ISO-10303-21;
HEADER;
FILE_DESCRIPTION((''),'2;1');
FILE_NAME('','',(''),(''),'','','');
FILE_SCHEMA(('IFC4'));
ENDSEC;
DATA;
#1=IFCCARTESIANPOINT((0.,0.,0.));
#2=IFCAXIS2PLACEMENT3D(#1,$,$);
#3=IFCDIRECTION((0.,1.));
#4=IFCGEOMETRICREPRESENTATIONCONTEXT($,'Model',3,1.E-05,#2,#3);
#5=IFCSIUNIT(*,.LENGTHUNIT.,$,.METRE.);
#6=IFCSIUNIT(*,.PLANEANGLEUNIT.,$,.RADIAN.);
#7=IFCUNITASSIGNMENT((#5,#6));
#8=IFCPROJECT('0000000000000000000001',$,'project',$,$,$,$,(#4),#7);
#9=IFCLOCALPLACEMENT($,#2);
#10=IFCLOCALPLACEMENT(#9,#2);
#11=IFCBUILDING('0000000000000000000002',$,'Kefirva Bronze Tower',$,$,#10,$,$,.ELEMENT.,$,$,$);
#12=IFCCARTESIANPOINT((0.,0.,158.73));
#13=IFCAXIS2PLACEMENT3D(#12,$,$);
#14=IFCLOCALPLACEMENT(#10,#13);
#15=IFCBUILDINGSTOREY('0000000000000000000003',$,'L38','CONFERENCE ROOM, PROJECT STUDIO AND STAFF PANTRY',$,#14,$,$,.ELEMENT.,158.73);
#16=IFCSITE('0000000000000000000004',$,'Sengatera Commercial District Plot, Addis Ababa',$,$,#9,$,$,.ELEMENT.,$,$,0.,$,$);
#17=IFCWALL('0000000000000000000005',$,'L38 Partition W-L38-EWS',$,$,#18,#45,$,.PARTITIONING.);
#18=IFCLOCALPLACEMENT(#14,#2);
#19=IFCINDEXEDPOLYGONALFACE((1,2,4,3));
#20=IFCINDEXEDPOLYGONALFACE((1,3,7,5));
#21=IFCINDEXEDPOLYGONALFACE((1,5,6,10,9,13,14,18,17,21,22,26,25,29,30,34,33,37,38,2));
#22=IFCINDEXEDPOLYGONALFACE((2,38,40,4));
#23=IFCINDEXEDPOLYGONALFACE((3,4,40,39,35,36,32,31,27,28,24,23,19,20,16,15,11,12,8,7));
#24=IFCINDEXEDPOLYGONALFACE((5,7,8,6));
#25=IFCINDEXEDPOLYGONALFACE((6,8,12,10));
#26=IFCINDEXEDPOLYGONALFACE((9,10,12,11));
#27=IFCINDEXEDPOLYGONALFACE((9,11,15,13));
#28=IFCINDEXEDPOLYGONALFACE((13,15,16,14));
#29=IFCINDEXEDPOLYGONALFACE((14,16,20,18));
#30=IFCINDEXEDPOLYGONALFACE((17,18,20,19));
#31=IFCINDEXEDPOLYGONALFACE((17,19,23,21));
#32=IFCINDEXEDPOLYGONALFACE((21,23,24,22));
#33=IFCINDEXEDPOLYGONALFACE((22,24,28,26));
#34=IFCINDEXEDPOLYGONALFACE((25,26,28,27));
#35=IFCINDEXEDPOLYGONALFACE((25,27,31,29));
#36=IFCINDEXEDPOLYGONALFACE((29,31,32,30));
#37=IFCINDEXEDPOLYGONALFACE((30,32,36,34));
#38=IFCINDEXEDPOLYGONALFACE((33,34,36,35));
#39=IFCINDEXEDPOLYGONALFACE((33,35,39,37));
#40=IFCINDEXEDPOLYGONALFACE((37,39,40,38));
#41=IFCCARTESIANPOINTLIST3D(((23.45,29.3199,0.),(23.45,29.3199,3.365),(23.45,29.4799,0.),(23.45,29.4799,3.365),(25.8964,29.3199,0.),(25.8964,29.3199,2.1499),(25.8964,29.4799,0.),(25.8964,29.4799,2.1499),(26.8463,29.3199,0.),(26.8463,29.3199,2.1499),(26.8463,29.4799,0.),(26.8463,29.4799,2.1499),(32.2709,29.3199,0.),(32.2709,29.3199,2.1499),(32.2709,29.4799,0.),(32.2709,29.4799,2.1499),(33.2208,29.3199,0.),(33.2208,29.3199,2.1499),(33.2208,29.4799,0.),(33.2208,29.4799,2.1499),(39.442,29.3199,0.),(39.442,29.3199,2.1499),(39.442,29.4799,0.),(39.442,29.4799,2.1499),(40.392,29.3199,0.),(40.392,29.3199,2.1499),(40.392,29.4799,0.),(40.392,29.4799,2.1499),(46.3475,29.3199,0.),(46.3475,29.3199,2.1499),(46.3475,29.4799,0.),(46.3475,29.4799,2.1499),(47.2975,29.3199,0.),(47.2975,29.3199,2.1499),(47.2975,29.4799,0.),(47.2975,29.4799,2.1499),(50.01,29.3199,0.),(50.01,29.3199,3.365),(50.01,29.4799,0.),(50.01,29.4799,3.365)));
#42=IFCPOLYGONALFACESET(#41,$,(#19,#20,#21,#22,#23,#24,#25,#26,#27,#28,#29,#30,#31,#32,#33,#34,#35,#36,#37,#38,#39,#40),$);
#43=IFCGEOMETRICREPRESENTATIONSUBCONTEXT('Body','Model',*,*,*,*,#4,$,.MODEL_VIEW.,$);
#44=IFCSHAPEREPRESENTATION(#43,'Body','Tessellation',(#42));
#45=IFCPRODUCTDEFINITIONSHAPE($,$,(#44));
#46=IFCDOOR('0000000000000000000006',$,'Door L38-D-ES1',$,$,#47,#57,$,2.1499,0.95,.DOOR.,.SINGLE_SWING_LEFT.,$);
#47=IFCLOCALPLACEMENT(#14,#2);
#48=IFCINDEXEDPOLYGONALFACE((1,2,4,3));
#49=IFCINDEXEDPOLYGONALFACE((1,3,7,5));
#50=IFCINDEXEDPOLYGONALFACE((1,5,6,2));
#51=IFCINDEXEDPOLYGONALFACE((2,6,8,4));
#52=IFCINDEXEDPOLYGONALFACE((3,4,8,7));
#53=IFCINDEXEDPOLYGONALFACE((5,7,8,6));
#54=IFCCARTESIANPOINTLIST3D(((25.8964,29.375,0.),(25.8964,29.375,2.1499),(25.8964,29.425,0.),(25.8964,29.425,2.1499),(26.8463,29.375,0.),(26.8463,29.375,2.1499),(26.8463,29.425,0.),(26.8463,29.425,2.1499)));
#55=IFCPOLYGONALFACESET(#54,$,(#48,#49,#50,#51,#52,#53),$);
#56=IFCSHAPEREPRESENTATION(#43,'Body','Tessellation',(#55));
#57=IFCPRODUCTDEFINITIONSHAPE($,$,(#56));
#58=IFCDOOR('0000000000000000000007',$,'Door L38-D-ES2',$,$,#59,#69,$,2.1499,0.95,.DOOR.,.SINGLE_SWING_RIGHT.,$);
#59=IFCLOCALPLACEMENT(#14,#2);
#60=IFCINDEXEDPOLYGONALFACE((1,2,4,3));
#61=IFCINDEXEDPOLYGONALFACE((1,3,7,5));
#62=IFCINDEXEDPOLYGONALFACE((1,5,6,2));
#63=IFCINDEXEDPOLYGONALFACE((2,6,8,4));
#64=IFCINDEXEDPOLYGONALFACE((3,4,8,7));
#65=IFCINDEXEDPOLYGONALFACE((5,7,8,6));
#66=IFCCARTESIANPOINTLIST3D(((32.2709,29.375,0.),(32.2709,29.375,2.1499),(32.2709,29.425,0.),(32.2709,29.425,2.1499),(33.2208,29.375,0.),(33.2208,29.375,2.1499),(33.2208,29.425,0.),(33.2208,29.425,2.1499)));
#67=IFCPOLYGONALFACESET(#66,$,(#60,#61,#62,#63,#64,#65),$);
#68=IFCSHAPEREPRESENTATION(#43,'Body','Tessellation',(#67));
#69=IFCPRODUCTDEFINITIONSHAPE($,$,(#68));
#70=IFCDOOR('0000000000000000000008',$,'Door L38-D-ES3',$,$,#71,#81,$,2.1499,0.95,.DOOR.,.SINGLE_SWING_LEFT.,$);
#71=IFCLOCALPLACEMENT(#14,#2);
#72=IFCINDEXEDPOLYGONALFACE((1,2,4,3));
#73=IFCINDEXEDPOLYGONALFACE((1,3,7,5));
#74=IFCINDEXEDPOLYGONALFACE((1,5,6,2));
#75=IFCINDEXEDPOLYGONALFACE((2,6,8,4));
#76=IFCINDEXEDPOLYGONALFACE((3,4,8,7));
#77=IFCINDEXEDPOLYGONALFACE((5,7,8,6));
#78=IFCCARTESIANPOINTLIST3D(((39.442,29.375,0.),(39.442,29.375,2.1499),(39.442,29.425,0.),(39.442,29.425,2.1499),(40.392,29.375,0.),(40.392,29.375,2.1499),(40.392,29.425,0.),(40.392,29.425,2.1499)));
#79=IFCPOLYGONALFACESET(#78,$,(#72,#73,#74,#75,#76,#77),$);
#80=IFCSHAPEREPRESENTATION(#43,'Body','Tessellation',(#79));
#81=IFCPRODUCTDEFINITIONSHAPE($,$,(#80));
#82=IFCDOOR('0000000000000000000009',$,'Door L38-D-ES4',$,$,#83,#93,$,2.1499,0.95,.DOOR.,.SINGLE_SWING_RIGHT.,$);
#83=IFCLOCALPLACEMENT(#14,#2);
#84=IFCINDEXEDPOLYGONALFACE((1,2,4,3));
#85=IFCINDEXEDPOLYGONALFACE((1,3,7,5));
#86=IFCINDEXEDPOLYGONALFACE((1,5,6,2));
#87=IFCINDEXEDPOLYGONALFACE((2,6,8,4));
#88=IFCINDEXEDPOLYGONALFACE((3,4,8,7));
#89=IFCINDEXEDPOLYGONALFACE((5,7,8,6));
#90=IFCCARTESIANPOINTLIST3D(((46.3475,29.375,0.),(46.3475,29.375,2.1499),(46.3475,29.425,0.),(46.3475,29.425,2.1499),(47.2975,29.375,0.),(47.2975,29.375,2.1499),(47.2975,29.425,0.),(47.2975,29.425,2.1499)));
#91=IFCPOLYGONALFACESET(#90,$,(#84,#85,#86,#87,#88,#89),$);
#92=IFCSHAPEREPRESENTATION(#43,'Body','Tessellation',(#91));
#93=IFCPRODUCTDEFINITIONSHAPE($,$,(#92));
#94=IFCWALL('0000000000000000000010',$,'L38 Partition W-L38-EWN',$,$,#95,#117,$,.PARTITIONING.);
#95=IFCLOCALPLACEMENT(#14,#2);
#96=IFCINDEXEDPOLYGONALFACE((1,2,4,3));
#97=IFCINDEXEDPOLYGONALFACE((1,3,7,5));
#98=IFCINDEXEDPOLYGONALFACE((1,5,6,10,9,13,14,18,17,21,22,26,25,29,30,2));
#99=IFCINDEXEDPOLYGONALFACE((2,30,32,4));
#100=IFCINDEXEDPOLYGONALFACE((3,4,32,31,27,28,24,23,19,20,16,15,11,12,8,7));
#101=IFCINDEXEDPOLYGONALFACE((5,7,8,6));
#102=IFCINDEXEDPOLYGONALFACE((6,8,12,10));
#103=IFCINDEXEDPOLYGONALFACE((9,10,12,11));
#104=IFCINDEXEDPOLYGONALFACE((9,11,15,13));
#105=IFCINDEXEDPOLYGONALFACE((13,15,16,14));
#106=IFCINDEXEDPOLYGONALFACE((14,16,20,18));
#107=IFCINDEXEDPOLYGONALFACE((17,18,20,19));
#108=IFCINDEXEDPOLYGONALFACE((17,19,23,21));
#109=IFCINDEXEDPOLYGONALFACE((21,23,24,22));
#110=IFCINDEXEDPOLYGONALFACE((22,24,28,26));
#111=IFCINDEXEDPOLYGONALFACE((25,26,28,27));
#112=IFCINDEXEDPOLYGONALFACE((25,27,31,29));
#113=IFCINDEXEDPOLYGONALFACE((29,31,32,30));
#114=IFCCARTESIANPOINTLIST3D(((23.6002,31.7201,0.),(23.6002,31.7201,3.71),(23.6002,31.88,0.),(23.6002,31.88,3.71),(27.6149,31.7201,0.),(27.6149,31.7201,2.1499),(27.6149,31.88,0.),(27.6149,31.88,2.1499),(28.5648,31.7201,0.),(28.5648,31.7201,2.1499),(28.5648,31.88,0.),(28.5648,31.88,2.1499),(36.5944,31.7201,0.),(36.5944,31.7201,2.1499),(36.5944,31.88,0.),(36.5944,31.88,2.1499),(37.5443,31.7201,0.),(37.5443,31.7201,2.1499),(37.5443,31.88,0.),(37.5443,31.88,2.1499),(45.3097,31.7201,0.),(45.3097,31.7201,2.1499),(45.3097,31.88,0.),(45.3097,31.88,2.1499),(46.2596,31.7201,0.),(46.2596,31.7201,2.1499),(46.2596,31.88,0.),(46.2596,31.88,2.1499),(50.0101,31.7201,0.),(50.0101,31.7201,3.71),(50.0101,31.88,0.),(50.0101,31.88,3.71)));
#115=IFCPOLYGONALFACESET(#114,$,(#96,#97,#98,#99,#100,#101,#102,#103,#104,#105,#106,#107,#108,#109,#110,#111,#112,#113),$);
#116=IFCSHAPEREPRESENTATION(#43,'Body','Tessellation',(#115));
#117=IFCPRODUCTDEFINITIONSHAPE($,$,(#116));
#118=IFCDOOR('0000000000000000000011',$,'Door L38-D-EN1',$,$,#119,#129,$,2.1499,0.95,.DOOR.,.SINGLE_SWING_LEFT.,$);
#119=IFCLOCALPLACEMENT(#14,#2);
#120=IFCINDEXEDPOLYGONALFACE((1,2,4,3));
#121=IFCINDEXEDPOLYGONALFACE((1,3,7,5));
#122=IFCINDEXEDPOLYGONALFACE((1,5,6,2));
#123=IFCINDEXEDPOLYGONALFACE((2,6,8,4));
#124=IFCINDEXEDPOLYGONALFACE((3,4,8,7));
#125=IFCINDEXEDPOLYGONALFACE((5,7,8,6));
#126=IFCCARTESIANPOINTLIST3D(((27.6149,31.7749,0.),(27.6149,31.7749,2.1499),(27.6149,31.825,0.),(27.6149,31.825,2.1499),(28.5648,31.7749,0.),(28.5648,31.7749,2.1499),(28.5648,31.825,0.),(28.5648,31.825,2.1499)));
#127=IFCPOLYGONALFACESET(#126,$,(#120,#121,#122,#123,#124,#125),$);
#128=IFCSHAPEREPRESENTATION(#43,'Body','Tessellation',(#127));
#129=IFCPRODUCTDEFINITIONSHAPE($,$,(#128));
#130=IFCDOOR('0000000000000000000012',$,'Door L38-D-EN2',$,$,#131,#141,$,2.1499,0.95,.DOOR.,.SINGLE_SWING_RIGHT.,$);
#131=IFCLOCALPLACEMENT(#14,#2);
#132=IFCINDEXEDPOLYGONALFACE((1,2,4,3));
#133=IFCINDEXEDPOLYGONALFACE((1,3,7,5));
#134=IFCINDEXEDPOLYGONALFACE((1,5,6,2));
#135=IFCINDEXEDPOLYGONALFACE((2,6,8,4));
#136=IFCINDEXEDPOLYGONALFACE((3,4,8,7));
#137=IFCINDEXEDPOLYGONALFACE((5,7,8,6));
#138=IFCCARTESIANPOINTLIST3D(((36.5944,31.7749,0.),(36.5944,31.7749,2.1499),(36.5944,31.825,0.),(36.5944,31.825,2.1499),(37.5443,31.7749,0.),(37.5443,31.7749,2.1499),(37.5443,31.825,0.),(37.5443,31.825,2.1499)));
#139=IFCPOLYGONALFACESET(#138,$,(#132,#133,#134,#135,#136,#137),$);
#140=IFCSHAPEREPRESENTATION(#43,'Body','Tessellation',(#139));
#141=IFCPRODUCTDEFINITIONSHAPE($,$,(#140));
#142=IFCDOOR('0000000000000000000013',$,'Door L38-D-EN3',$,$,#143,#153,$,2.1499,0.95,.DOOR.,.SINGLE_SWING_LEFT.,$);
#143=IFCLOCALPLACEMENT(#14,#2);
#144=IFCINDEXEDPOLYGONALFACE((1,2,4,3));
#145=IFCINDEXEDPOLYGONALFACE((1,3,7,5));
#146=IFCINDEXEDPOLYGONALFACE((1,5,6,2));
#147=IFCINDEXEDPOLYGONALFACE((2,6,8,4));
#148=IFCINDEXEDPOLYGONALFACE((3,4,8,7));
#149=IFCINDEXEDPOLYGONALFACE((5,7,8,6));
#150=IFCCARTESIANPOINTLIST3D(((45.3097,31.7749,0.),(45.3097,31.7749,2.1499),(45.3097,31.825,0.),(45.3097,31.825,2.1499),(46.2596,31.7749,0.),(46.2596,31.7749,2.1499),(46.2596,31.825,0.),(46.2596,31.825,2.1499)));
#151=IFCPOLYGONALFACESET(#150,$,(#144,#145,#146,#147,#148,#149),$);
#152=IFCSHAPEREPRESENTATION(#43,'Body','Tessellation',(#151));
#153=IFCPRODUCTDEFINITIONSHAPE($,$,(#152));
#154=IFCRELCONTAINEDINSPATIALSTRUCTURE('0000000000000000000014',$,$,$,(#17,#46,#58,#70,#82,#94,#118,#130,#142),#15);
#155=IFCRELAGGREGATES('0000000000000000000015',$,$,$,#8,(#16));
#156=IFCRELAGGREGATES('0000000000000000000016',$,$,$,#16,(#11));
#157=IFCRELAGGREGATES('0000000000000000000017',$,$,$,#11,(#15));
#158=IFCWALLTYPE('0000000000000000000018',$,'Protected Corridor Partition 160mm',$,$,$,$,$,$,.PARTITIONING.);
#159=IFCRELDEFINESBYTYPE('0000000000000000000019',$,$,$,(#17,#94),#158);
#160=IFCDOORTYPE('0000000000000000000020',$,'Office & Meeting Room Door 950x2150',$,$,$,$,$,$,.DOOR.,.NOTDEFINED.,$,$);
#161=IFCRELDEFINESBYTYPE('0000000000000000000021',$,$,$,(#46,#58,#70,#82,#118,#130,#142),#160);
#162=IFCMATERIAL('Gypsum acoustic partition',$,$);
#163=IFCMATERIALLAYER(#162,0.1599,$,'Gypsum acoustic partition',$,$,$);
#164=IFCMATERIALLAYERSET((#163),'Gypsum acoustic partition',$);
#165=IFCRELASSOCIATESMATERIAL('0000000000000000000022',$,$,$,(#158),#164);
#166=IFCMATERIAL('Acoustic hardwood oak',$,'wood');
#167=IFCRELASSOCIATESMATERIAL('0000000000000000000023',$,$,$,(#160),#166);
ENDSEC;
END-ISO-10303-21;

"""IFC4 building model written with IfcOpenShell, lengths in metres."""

from ifc_helpers import new_model, si_unit, direction, frame, frame_2d, origin, place, context, subcontext, project, spatial, rectangle, extrude, material, layer, layer_set, type_object, element, fill, save


model = new_model("IFC4")

# Units and contexts
model_context = context("Model", 3, precision=1e-05, world=origin(), true_north=direction((0.0, 1.0)))
body_context = subcontext(model_context, "Body", "Model", "MODEL_VIEW")
ifc_project = project(units=[si_unit("LENGTHUNIT", "METRE"), si_unit("PLANEANGLEUNIT", "RADIAN")], contexts=[model_context])

# Site, building, storey
site_placement = place(None, origin())
site = spatial("IfcSite", under=ifc_project, at=site_placement, Name="Sengatera Commercial District Plot, Addis Ababa", CompositionType="ELEMENT", RefElevation=0.0)
building_placement = place(site_placement, origin())
building = spatial("IfcBuilding", under=site, at=building_placement, Name="Kefirva Bronze Tower", CompositionType="ELEMENT")
storey_placement = place(building_placement, frame((0.0, 0.0, 158.73)))
storey = spatial("IfcBuildingStorey", under=building, at=storey_placement, Name="L38", Description="CONFERENCE ROOM, PROJECT STUDIO AND STAFF PANTRY", CompositionType="ELEMENT", Elevation=158.73)

# Walls, openings, doors
ifc_material_1 = material(Name="Gypsum acoustic partition")
ifc_layer_1 = layer(ifc_material_1, 0.1599, Name="Gypsum acoustic partition")
ifc_layer_set_1 = layer_set([ifc_layer_1], Name="Gypsum acoustic partition")
wall_type_1 = type_object("IfcWallType", Name="Protected Corridor Partition 160mm", PredefinedType="PARTITIONING", material=ifc_layer_set_1)
wall_1_placement = place(storey_placement, frame((23.45, 29.3999, 0.0), z_axis=(0.0, 0.0, 1.0), x_axis=(1.0, 0.0, 0.0)))
wall_1 = element("IfcWall", 1, at=wall_1_placement, inside=storey, type_object=wall_type_1, Name="L38 Partition W-L38-EWS", PredefinedType="PARTITIONING", context=body_context, shape_type="SweptSolid", body=[
    extrude(rectangle(XDim=26.5601, YDim=0.1599, at=frame_2d((13.28, 0.0))), origin(), (0.0, 0.0, 1.0), 3.365),
])
opening_1_placement = place(wall_1_placement, frame((3.3965, 0.0, 0.0), z_axis=(0.0, 0.0, 1.0), x_axis=(-1.0, 0.0, 0.0)))
opening_1 = element("IfcOpeningElement", 2, at=opening_1_placement, cuts=wall_1, PredefinedType="OPENING", context=body_context, shape_type="SweptSolid", body=[
    extrude(rectangle(XDim=0.95, YDim=2.1499, at=frame_2d((0.4751, 1.075))), frame((0.0, 0.0898, 0.0), z_axis=(0.0, -1.0, 0.0), x_axis=(1.0, 0.0, 0.0)), (0.0, 0.0, 1.0), 0.1799),
])
opening_2_placement = place(wall_1_placement, frame((9.771, 0.0, 0.0), z_axis=(0.0, 0.0, 1.0), x_axis=(-1.0, 0.0, 0.0)))
opening_2 = element("IfcOpeningElement", 3, at=opening_2_placement, cuts=wall_1, PredefinedType="OPENING", context=body_context, shape_type="SweptSolid", body=[
    extrude(rectangle(XDim=0.95, YDim=2.1499, at=frame_2d((0.4751, 1.075))), frame((0.0, 0.0898, 0.0), z_axis=(0.0, -1.0, 0.0), x_axis=(1.0, 0.0, 0.0)), (0.0, 0.0, 1.0), 0.1799),
])
opening_3_placement = place(wall_1_placement, frame((16.9421, 0.0, 0.0), z_axis=(0.0, 0.0, 1.0), x_axis=(-1.0, 0.0, 0.0)))
opening_3 = element("IfcOpeningElement", 4, at=opening_3_placement, cuts=wall_1, PredefinedType="OPENING", context=body_context, shape_type="SweptSolid", body=[
    extrude(rectangle(XDim=0.95, YDim=2.1499, at=frame_2d((0.4751, 1.075))), frame((0.0, 0.0898, 0.0), z_axis=(0.0, -1.0, 0.0), x_axis=(1.0, 0.0, 0.0)), (0.0, 0.0, 1.0), 0.1799),
])
opening_4_placement = place(wall_1_placement, frame((23.8477, 0.0, 0.0), z_axis=(0.0, 0.0, 1.0), x_axis=(-1.0, 0.0, 0.0)))
opening_4 = element("IfcOpeningElement", 5, at=opening_4_placement, cuts=wall_1, PredefinedType="OPENING", context=body_context, shape_type="SweptSolid", body=[
    extrude(rectangle(XDim=0.95, YDim=2.1499, at=frame_2d((0.4751, 1.075))), frame((0.0, 0.0898, 0.0), z_axis=(0.0, -1.0, 0.0), x_axis=(1.0, 0.0, 0.0)), (0.0, 0.0, 1.0), 0.1799),
])
ifc_material_2 = material(Name="Acoustic hardwood oak", Category="wood")
door_type_1 = type_object("IfcDoorType", Name="Office & Meeting Room Door 950x2150", OperationType="NOTDEFINED", PredefinedType="DOOR", material=ifc_material_2)
door_1_placement = place(opening_1_placement, origin())
door_1 = element("IfcDoor", 6, at=door_1_placement, inside=storey, type_object=door_type_1, Name="Door L38-D-ES1", OperationType="SINGLE_SWING_LEFT", OverallHeight=2.1499, OverallWidth=0.95, PredefinedType="DOOR", context=body_context, shape_type="SweptSolid", body=[
    extrude(rectangle(XDim=0.95, YDim=2.1499, at=frame_2d((0.4751, 1.075))), frame((0.0, 0.0249, 0.0), z_axis=(0.0, -1.0, 0.0), x_axis=(1.0, 0.0, 0.0)), (0.0, 0.0, 1.0), 0.05),
])
fill(opening_1, door_1)
door_2_placement = place(opening_2_placement, origin())
door_2 = element("IfcDoor", 7, at=door_2_placement, inside=storey, type_object=door_type_1, Name="Door L38-D-ES2", OperationType="SINGLE_SWING_RIGHT", OverallHeight=2.1499, OverallWidth=0.95, PredefinedType="DOOR", context=body_context, shape_type="SweptSolid", body=[
    extrude(rectangle(XDim=0.95, YDim=2.1499, at=frame_2d((0.4751, 1.075))), frame((0.0, 0.0249, 0.0), z_axis=(0.0, -1.0, 0.0), x_axis=(1.0, 0.0, 0.0)), (0.0, 0.0, 1.0), 0.05),
])
fill(opening_2, door_2)
door_3_placement = place(opening_3_placement, origin())
door_3 = element("IfcDoor", 8, at=door_3_placement, inside=storey, type_object=door_type_1, Name="Door L38-D-ES3", OperationType="SINGLE_SWING_LEFT", OverallHeight=2.1499, OverallWidth=0.95, PredefinedType="DOOR", context=body_context, shape_type="SweptSolid", body=[
    extrude(rectangle(XDim=0.95, YDim=2.1499, at=frame_2d((0.4751, 1.075))), frame((0.0, 0.0249, 0.0), z_axis=(0.0, -1.0, 0.0), x_axis=(1.0, 0.0, 0.0)), (0.0, 0.0, 1.0), 0.05),
])
fill(opening_3, door_3)
door_4_placement = place(opening_4_placement, origin())
door_4 = element("IfcDoor", 9, at=door_4_placement, inside=storey, type_object=door_type_1, Name="Door L38-D-ES4", OperationType="SINGLE_SWING_RIGHT", OverallHeight=2.1499, OverallWidth=0.95, PredefinedType="DOOR", context=body_context, shape_type="SweptSolid", body=[
    extrude(rectangle(XDim=0.95, YDim=2.1499, at=frame_2d((0.4751, 1.075))), frame((0.0, 0.0249, 0.0), z_axis=(0.0, -1.0, 0.0), x_axis=(1.0, 0.0, 0.0)), (0.0, 0.0, 1.0), 0.05),
])
fill(opening_4, door_4)
wall_2_placement = place(storey_placement, frame((23.6001, 31.8, 0.0), z_axis=(0.0, 0.0, 1.0), x_axis=(1.0, 0.0, 0.0)))
wall_2 = element("IfcWall", 10, at=wall_2_placement, inside=storey, type_object=wall_type_1, Name="L38 Partition W-L38-EWN", PredefinedType="PARTITIONING", context=body_context, shape_type="SweptSolid", body=[
    extrude(rectangle(XDim=26.4099, YDim=0.1599, at=frame_2d((13.2051, 0.0))), origin(), (0.0, 0.0, 1.0), 3.71),
])
opening_5_placement = place(wall_2_placement, frame((4.0146, 0.0, 0.0)))
opening_5 = element("IfcOpeningElement", 11, at=opening_5_placement, cuts=wall_2, PredefinedType="OPENING", context=body_context, shape_type="SweptSolid", body=[
    extrude(rectangle(XDim=0.95, YDim=2.1499, at=frame_2d((0.4751, 1.075))), frame((0.0, 0.0898, 0.0), z_axis=(0.0, -1.0, 0.0), x_axis=(1.0, 0.0, 0.0)), (0.0, 0.0, 1.0), 0.1799),
])
opening_6_placement = place(wall_2_placement, frame((12.9941, 0.0, 0.0)))
opening_6 = element("IfcOpeningElement", 12, at=opening_6_placement, cuts=wall_2, PredefinedType="OPENING", context=body_context, shape_type="SweptSolid", body=[
    extrude(rectangle(XDim=0.95, YDim=2.1499, at=frame_2d((0.4751, 1.075))), frame((0.0, 0.0898, 0.0), z_axis=(0.0, -1.0, 0.0), x_axis=(1.0, 0.0, 0.0)), (0.0, 0.0, 1.0), 0.1799),
])
opening_7_placement = place(wall_2_placement, frame((21.7095, 0.0, 0.0)))
opening_7 = element("IfcOpeningElement", 13, at=opening_7_placement, cuts=wall_2, PredefinedType="OPENING", context=body_context, shape_type="SweptSolid", body=[
    extrude(rectangle(XDim=0.95, YDim=2.1499, at=frame_2d((0.4751, 1.075))), frame((0.0, 0.0898, 0.0), z_axis=(0.0, -1.0, 0.0), x_axis=(1.0, 0.0, 0.0)), (0.0, 0.0, 1.0), 0.1799),
])
door_5_placement = place(opening_5_placement, origin())
door_5 = element("IfcDoor", 14, at=door_5_placement, inside=storey, type_object=door_type_1, Name="Door L38-D-EN1", OperationType="SINGLE_SWING_LEFT", OverallHeight=2.1499, OverallWidth=0.95, PredefinedType="DOOR", context=body_context, shape_type="SweptSolid", body=[
    extrude(rectangle(XDim=0.95, YDim=2.1499, at=frame_2d((0.4751, 1.075))), frame((0.0, 0.0249, 0.0), z_axis=(0.0, -1.0, 0.0), x_axis=(1.0, 0.0, 0.0)), (0.0, 0.0, 1.0), 0.05),
])
fill(opening_5, door_5)
door_6_placement = place(opening_6_placement, origin())
door_6 = element("IfcDoor", 15, at=door_6_placement, inside=storey, type_object=door_type_1, Name="Door L38-D-EN2", OperationType="SINGLE_SWING_RIGHT", OverallHeight=2.1499, OverallWidth=0.95, PredefinedType="DOOR", context=body_context, shape_type="SweptSolid", body=[
    extrude(rectangle(XDim=0.95, YDim=2.1499, at=frame_2d((0.4751, 1.075))), frame((0.0, 0.0249, 0.0), z_axis=(0.0, -1.0, 0.0), x_axis=(1.0, 0.0, 0.0)), (0.0, 0.0, 1.0), 0.05),
])
fill(opening_6, door_6)
door_7_placement = place(opening_7_placement, origin())
door_7 = element("IfcDoor", 16, at=door_7_placement, inside=storey, type_object=door_type_1, Name="Door L38-D-EN3", OperationType="SINGLE_SWING_LEFT", OverallHeight=2.1499, OverallWidth=0.95, PredefinedType="DOOR", context=body_context, shape_type="SweptSolid", body=[
    extrude(rectangle(XDim=0.95, YDim=2.1499, at=frame_2d((0.4751, 1.075))), frame((0.0, 0.0249, 0.0), z_axis=(0.0, -1.0, 0.0), x_axis=(1.0, 0.0, 0.0)), (0.0, 0.0, 1.0), 0.05),
])
fill(opening_7, door_7)

save(model, "model.ifc")
